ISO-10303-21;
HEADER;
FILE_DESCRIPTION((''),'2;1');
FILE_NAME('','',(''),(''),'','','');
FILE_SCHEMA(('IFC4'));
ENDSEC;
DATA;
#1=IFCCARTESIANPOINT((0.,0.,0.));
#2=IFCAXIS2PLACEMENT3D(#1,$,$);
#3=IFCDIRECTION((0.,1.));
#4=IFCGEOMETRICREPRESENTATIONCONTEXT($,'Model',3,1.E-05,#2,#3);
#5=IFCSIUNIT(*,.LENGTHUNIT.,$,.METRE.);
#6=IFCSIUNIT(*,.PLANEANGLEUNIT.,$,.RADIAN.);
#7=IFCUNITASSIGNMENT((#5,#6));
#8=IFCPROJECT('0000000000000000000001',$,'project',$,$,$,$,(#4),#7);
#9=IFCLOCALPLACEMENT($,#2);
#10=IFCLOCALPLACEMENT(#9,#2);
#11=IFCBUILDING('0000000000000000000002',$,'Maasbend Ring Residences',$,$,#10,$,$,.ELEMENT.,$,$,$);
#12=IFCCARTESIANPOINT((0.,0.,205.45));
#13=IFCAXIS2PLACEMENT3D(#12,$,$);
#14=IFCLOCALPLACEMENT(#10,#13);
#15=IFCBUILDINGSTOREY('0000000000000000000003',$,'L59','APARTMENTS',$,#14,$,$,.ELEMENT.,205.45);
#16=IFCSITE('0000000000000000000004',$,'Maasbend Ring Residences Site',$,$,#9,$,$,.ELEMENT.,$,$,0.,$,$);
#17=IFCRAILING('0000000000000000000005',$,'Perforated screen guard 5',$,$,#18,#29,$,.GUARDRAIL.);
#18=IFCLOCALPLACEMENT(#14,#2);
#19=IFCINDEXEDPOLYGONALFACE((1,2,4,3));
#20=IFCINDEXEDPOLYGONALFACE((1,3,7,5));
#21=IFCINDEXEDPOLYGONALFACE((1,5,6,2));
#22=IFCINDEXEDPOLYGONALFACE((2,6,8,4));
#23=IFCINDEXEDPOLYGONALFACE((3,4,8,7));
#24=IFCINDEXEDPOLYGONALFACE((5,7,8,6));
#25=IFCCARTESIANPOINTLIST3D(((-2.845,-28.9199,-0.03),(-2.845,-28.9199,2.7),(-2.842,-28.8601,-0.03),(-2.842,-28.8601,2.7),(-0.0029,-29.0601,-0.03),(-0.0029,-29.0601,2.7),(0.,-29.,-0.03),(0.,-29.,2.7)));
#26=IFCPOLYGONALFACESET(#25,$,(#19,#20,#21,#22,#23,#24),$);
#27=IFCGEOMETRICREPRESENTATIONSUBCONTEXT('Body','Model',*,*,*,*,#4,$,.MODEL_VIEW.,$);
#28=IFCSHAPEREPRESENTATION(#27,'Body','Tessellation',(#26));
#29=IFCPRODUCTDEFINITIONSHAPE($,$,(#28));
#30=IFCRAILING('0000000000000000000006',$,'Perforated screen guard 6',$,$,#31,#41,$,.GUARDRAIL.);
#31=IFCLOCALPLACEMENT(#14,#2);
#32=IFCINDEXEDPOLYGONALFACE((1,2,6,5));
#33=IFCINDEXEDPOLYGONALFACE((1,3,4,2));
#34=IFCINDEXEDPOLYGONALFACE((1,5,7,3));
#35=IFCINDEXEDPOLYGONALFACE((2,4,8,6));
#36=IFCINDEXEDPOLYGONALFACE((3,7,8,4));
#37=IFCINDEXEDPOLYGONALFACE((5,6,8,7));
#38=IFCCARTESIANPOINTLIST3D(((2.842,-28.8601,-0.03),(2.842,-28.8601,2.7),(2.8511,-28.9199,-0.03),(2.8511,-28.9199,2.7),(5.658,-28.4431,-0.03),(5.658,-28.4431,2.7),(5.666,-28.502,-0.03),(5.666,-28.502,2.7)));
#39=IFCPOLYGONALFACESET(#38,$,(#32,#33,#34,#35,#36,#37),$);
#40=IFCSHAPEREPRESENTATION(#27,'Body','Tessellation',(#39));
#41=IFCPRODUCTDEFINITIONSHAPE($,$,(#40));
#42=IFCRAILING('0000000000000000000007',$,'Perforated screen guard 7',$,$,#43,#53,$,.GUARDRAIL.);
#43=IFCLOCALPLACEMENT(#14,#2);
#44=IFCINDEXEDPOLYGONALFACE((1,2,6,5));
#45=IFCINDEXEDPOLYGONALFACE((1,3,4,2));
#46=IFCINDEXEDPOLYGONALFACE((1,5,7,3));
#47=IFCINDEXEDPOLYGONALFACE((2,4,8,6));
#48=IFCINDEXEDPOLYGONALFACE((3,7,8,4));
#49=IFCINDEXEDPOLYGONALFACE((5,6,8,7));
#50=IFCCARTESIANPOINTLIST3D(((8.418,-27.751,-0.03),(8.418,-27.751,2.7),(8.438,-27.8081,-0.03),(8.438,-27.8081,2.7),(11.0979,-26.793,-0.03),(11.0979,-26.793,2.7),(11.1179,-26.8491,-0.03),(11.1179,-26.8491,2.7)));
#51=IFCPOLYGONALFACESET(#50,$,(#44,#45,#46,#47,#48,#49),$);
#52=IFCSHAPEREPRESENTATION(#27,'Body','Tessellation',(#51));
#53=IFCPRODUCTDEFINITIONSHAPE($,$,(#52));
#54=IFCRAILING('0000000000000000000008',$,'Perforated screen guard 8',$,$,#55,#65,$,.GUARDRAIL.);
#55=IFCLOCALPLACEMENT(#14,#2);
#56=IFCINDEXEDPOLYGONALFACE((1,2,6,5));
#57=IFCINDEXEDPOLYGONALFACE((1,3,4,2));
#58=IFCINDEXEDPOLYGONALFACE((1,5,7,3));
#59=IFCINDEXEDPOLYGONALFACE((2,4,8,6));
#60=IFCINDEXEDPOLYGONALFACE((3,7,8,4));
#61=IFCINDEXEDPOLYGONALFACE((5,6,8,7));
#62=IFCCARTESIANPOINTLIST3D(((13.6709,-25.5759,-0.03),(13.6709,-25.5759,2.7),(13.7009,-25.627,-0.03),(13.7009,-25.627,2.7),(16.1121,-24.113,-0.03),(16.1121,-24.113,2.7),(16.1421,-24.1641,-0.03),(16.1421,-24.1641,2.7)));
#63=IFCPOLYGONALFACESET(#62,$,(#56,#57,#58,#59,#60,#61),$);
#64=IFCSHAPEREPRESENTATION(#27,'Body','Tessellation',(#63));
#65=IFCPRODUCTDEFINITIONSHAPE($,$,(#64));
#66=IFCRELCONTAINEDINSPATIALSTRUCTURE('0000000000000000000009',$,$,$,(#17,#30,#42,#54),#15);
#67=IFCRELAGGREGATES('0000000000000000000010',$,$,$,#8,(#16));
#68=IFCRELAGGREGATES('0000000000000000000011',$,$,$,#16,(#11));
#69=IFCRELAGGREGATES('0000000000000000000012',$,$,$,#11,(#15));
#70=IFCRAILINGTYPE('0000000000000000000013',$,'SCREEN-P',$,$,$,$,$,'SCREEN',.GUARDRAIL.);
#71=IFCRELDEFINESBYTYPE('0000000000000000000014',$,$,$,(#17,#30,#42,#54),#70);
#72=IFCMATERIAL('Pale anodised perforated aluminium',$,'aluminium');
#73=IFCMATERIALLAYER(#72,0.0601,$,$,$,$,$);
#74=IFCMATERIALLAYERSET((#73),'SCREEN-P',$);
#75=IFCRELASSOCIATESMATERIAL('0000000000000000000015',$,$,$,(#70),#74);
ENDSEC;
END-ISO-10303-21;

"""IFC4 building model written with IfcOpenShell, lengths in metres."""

from ifc_helpers import new_model, si_unit, direction, frame, origin, place, context, subcontext, project, spatial, polyline, outline, extrude, material, layer, layer_set, type_object, element, save


model = new_model("IFC4")

# Units and contexts
model_context = context("Model", 3, precision=1e-05, world=origin(), true_north=direction((0.0, 1.0)))
body_context = subcontext(model_context, "Body", "Model", "MODEL_VIEW")
ifc_project = project(units=[si_unit("LENGTHUNIT", "METRE"), si_unit("PLANEANGLEUNIT", "RADIAN")], contexts=[model_context])

# Site, building, storey
site_placement = place(None, origin())
site = spatial("IfcSite", under=ifc_project, at=site_placement, Name="Maasbend Ring Residences Site", CompositionType="ELEMENT", RefElevation=0.0)
building_placement = place(site_placement, origin())
building = spatial("IfcBuilding", under=site, at=building_placement, Name="Maasbend Ring Residences", CompositionType="ELEMENT")
storey_placement = place(building_placement, frame((0.0, 0.0, 205.45)))
storey = spatial("IfcBuildingStorey", under=building, at=storey_placement, Name="L59", Description="APARTMENTS", CompositionType="ELEMENT", Elevation=205.45)

# Railings
ifc_material_1 = material(Name="Pale anodised perforated aluminium", Category="aluminium")
ifc_layer_1 = layer(ifc_material_1, 0.0601)
ifc_layer_set_1 = layer_set([ifc_layer_1], Name="SCREEN-P")
railing_type = type_object("IfcRailingType", Name="SCREEN-P", ElementType="SCREEN", PredefinedType="GUARDRAIL", material=ifc_layer_set_1)
railing_1_placement = place(storey_placement, frame((0.0, 0.0, -0.03)))
element("IfcRailing", 1, at=railing_1_placement, inside=storey, type_object=railing_type, Name="Perforated screen guard 5", PredefinedType="GUARDRAIL", context=body_context, shape_type="SweptSolid", body=[
    extrude(outline(polyline([(-2.842, -28.8601), (0.0, -29.0), (-0.0029, -29.0601), (-2.845, -28.9199), (-2.842, -28.8601)])), origin(), (0.0, 0.0, 1.0), 2.73),
])
railing_2_placement = place(storey_placement, frame((0.0, 0.0, -0.03)))
element("IfcRailing", 2, at=railing_2_placement, inside=storey, type_object=railing_type, Name="Perforated screen guard 6", PredefinedType="GUARDRAIL", context=body_context, shape_type="SweptSolid", body=[
    extrude(outline(polyline([(2.842, -28.8601), (5.658, -28.4431), (5.666, -28.502), (2.8511, -28.9199), (2.842, -28.8601)])), origin(), (0.0, 0.0, 1.0), 2.73),
])
railing_3_placement = place(storey_placement, frame((0.0, 0.0, -0.03)))
element("IfcRailing", 3, at=railing_3_placement, inside=storey, type_object=railing_type, Name="Perforated screen guard 7", PredefinedType="GUARDRAIL", context=body_context, shape_type="SweptSolid", body=[
    extrude(outline(polyline([(8.418, -27.751), (11.0979, -26.793), (11.1179, -26.8491), (8.438, -27.8081), (8.418, -27.751)])), origin(), (0.0, 0.0, 1.0), 2.73),
])
railing_4_placement = place(storey_placement, frame((0.0, 0.0, -0.03)))
element("IfcRailing", 4, at=railing_4_placement, inside=storey, type_object=railing_type, Name="Perforated screen guard 8", PredefinedType="GUARDRAIL", context=body_context, shape_type="SweptSolid", body=[
    extrude(outline(polyline([(13.6709, -25.5759), (16.1121, -24.113), (16.1421, -24.1641), (13.7009, -25.627), (13.6709, -25.5759)])), origin(), (0.0, 0.0, 1.0), 2.73),
])

save(model, "model.ifc")
